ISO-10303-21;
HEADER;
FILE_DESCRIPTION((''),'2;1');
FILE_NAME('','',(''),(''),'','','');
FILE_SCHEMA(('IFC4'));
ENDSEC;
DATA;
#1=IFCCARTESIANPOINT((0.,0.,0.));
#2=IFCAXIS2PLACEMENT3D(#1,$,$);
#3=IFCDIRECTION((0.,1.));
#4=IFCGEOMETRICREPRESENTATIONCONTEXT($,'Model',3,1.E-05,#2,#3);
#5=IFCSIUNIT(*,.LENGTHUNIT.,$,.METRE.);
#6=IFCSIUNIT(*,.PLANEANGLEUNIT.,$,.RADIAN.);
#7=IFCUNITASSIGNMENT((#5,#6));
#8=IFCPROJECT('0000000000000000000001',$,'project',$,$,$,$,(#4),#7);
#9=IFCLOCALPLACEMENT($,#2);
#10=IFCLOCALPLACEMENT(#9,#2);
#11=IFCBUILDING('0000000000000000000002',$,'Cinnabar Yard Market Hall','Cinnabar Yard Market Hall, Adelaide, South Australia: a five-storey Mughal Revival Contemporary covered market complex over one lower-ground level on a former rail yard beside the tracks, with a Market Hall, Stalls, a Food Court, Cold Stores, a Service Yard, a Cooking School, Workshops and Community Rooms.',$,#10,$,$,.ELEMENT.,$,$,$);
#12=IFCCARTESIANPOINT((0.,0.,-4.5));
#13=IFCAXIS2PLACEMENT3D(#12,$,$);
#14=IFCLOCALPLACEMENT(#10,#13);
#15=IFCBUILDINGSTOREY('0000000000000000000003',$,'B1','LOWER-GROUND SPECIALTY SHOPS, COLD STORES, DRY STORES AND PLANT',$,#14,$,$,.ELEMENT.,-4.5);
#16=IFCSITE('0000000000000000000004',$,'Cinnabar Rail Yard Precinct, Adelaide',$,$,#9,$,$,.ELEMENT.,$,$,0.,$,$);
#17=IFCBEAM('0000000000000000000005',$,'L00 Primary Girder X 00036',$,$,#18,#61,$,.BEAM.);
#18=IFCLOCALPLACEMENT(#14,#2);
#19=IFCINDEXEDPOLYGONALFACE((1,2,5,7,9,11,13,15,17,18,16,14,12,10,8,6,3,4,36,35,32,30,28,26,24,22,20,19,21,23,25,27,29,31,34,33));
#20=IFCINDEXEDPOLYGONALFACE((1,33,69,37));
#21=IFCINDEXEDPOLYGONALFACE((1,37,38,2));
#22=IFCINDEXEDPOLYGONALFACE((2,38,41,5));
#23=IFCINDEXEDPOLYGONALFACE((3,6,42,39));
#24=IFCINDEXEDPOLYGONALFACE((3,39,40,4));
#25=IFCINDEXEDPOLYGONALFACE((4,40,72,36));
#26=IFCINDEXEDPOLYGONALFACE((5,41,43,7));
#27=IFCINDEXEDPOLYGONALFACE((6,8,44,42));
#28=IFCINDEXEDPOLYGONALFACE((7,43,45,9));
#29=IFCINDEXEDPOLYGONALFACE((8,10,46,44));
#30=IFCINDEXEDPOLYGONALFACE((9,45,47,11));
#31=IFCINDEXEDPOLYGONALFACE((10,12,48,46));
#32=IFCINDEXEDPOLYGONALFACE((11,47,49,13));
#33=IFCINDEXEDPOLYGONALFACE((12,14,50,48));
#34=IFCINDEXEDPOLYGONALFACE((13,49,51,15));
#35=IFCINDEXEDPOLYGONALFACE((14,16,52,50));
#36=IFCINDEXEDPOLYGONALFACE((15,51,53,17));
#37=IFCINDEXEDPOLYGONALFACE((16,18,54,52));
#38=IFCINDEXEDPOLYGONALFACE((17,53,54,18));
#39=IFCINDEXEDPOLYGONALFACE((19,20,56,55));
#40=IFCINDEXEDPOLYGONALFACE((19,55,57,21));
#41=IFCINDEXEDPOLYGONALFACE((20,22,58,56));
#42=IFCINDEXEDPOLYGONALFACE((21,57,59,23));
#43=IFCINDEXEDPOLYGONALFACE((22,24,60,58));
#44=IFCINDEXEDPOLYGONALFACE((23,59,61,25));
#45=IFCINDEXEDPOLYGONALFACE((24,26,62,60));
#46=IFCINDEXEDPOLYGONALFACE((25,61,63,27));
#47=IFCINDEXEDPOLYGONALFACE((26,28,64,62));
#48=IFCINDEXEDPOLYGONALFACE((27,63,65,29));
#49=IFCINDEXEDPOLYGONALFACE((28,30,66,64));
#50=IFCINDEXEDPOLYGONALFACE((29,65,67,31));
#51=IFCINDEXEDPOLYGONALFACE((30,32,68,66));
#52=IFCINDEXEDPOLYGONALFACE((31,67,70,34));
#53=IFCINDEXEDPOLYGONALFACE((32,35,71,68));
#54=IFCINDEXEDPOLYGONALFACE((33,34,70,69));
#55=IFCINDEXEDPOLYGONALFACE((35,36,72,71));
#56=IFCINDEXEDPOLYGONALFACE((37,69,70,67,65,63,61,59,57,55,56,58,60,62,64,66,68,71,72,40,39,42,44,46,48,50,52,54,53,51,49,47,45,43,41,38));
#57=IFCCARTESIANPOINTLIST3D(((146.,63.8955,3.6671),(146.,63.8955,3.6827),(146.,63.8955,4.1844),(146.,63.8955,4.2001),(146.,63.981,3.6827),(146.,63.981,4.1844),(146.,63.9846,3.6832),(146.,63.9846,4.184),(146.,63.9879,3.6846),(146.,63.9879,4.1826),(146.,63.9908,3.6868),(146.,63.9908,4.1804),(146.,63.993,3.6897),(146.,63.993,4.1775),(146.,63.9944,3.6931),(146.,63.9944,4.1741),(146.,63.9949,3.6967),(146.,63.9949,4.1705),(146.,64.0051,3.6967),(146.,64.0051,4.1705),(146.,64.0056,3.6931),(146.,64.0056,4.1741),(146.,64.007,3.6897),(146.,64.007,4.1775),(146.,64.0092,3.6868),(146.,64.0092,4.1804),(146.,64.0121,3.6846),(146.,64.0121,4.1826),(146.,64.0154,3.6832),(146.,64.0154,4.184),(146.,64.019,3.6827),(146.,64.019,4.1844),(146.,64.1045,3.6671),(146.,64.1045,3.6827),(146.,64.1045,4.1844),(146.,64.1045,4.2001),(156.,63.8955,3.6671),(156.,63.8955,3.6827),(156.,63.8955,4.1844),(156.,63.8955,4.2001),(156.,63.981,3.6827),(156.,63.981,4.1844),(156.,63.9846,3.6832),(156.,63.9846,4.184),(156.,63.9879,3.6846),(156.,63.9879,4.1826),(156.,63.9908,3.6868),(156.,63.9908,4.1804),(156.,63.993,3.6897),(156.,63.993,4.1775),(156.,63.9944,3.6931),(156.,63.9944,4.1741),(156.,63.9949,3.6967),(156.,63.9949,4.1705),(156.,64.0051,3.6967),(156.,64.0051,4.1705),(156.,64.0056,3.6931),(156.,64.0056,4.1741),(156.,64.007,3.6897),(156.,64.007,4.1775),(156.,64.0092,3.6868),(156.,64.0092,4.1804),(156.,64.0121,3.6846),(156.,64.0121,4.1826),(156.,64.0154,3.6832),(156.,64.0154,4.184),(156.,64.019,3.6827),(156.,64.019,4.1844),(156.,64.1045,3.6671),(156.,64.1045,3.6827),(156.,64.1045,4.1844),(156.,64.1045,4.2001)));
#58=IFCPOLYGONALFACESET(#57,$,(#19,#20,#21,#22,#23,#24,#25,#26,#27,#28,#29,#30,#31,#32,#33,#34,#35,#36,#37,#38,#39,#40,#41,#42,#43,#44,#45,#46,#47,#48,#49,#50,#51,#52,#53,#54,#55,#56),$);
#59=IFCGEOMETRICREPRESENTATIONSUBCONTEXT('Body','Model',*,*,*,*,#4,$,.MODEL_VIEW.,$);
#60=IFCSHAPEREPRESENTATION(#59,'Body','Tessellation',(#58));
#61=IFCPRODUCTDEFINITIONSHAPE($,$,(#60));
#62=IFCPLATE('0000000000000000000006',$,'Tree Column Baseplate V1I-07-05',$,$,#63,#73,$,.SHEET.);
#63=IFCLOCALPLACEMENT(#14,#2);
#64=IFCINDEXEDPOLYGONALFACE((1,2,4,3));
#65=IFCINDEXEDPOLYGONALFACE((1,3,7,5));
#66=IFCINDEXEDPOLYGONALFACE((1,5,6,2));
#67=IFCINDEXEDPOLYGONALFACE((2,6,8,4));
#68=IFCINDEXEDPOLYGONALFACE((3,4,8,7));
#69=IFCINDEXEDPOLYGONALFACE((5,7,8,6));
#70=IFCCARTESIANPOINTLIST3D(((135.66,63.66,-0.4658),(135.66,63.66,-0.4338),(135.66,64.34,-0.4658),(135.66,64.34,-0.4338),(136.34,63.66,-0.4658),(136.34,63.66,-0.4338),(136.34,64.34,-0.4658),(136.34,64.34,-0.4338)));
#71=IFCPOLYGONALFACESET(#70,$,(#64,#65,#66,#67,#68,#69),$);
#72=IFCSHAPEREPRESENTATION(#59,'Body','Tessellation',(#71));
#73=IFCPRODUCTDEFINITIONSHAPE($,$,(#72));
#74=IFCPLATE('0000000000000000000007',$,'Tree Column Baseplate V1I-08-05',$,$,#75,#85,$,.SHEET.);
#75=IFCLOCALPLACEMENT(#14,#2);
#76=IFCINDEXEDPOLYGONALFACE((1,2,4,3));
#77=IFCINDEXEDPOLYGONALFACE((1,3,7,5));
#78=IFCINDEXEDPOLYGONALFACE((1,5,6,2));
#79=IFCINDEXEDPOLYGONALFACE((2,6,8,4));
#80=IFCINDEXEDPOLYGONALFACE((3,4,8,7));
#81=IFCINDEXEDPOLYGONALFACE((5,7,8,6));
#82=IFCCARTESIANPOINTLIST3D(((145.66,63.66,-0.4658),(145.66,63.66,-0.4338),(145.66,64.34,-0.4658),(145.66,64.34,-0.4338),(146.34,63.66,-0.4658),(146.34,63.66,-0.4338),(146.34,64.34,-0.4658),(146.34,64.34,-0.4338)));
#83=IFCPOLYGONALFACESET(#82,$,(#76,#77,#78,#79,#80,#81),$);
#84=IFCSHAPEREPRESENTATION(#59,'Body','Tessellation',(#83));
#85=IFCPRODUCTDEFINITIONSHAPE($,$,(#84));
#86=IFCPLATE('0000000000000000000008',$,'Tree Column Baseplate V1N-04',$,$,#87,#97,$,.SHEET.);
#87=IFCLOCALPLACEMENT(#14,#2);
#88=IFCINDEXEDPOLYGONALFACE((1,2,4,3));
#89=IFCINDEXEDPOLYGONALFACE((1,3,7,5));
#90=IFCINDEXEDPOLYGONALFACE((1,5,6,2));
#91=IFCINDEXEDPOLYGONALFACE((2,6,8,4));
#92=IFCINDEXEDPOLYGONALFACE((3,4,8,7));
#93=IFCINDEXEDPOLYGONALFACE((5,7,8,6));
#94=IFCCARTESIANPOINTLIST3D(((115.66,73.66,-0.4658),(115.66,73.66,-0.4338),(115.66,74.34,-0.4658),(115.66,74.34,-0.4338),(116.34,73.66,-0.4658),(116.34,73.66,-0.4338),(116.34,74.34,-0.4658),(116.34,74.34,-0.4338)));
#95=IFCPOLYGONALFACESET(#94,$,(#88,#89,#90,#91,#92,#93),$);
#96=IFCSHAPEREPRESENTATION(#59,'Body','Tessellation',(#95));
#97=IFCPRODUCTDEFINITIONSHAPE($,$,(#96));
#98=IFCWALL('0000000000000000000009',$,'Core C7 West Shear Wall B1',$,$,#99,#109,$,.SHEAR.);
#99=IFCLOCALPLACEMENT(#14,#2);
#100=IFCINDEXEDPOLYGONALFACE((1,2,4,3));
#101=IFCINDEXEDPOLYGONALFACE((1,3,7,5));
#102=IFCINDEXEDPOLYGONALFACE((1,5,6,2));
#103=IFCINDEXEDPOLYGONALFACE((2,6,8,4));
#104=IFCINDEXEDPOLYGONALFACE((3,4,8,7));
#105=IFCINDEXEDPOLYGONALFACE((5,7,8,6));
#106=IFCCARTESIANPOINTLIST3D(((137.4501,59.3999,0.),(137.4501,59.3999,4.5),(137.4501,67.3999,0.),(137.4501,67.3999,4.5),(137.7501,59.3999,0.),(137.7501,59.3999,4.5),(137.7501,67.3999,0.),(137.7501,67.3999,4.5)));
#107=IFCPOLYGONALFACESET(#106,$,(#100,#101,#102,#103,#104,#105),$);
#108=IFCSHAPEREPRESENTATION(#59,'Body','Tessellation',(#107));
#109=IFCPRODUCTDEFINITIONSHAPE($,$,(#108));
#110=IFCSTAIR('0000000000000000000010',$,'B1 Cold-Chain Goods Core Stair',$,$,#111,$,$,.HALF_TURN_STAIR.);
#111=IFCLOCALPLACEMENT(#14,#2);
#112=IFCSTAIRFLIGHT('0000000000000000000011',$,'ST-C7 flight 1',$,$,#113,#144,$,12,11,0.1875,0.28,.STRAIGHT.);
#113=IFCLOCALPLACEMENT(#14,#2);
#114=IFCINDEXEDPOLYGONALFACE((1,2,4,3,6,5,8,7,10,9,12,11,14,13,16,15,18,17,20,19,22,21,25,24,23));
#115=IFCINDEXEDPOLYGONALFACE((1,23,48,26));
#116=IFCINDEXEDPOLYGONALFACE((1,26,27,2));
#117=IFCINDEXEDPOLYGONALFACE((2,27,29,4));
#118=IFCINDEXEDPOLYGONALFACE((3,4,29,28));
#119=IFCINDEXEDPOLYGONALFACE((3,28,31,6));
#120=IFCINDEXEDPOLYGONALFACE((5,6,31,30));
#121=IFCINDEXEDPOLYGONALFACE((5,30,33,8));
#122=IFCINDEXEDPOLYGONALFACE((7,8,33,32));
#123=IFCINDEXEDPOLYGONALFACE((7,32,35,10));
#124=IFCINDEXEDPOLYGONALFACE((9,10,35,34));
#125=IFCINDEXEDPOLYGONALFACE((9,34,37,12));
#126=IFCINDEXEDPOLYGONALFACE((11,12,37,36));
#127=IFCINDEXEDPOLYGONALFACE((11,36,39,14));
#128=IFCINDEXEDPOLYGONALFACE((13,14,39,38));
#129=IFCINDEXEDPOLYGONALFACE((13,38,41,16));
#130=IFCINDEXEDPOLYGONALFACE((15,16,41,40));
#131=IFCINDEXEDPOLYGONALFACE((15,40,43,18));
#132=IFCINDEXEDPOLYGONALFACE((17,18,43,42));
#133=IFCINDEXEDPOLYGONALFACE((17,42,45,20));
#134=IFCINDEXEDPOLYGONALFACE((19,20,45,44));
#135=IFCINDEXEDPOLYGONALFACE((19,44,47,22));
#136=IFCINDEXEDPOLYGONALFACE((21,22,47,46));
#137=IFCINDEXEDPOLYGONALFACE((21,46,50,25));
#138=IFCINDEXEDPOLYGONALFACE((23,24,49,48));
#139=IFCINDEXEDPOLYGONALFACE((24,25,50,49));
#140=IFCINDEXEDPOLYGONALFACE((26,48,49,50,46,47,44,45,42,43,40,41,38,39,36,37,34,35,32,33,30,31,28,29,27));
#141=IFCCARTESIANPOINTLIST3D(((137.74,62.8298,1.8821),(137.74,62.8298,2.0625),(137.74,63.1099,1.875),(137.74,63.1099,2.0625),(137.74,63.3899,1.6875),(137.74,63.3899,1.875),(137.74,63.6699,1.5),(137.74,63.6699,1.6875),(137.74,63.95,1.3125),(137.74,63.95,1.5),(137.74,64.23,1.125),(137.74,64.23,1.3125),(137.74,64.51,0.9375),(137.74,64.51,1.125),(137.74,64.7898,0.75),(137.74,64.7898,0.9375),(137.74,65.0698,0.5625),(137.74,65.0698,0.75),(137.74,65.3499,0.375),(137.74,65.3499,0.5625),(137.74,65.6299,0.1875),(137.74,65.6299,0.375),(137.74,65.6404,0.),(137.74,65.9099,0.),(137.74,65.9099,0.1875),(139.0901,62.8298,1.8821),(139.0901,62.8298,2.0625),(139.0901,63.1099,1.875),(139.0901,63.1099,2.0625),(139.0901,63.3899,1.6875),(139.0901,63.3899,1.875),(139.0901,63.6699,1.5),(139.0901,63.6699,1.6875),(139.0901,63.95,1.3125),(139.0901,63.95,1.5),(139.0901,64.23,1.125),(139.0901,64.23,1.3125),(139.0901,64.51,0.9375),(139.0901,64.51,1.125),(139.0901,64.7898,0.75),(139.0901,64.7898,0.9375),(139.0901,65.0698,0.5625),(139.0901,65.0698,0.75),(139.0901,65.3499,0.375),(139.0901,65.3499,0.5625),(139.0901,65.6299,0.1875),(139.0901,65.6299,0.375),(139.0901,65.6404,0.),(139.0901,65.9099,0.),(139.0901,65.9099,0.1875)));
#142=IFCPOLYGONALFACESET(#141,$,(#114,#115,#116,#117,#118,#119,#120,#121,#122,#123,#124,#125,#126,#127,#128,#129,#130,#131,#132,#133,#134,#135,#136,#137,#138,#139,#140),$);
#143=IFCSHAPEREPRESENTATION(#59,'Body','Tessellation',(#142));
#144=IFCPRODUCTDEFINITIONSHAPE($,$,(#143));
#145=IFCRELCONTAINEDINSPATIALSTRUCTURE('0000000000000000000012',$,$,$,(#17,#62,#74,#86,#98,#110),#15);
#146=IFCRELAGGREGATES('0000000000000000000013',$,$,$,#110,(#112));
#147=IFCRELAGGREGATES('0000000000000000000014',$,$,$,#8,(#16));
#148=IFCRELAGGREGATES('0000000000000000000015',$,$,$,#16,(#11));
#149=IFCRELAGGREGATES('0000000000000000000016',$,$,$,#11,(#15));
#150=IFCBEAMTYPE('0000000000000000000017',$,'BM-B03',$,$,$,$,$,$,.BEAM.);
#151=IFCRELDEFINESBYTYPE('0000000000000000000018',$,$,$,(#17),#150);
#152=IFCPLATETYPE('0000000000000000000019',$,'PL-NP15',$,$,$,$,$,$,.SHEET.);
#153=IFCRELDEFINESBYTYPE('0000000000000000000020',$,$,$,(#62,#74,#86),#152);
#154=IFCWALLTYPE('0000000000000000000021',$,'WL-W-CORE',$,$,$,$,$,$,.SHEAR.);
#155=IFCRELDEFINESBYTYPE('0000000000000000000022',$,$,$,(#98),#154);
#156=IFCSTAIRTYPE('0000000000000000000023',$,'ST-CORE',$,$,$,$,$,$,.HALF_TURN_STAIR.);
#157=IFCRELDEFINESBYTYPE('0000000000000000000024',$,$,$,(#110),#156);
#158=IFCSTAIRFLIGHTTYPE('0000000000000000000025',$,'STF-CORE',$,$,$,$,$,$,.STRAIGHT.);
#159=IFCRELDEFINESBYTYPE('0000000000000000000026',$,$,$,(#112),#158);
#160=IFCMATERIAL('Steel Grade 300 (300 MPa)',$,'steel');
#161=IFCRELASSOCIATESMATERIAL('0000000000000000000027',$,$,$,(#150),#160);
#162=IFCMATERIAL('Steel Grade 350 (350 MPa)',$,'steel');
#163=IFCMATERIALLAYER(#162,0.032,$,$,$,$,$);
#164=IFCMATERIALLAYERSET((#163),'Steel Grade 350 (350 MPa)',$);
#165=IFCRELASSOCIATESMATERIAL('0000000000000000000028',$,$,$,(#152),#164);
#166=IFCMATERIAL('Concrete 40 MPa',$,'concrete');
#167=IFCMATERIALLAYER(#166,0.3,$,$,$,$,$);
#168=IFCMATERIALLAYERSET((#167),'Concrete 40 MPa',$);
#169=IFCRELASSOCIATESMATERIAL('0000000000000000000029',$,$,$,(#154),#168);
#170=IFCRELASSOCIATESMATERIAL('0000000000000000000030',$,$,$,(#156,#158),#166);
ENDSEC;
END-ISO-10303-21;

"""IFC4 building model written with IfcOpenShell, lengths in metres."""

from ifc_helpers import new_model, si_unit, direction, frame, frame_2d, origin, origin_2d_with_axis, place, context, subcontext, project, spatial, polyline, rectangle, i_section, outline, extrude, material, layer, layer_set, material_profile, profile_set, type_object, element, aggregate, save


model = new_model("IFC4")

# Units and contexts
model_context = context("Model", 3, precision=1e-05, world=origin(), true_north=direction((0.0, 1.0)))
body_context = subcontext(model_context, "Body", "Model", "MODEL_VIEW")
ifc_project = project(units=[si_unit("LENGTHUNIT", "METRE"), si_unit("PLANEANGLEUNIT", "RADIAN")], contexts=[model_context])

# Site, building, storey
site_placement = place(None, origin())
site = spatial("IfcSite", under=ifc_project, at=site_placement, Name="Cinnabar Rail Yard Precinct, Adelaide", CompositionType="ELEMENT", RefElevation=0.0)
building_placement = place(site_placement, origin())
building = spatial("IfcBuilding", under=site, at=building_placement, Name="Cinnabar Yard Market Hall", Description="Cinnabar Yard Market Hall, Adelaide, South Australia: a five-storey Mughal Revival Contemporary covered market complex over one lower-ground level on a former rail yard beside the tracks, with a Market Hall, Stalls, a Food Court, Cold Stores, a Service Yard, a Cooking School, Workshops and Community Rooms.", CompositionType="ELEMENT")
storey_placement = place(building_placement, frame((0.0, 0.0, -4.5)))
storey = spatial("IfcBuildingStorey", under=building, at=storey_placement, Name="B1", Description="LOWER-GROUND SPECIALTY SHOPS, COLD STORES, DRY STORES AND PLANT", CompositionType="ELEMENT", Elevation=-4.5)

# Shared definitions
ifc_material_1 = material(Name="Concrete 40 MPa", Category="concrete")

# Beam
ifc_material_2 = material(Name="Steel Grade 300 (300 MPa)", Category="steel")
ifc_material_profile_1 = material_profile(ifc_material_2, i_section(OverallWidth=0.209, OverallDepth=0.533, WebThickness=0.0103, FlangeThickness=0.0156, FilletRadius=0.0139, at=origin_2d_with_axis()), Name="530UB92.4")
ifc_profile_set_1 = profile_set([ifc_material_profile_1], Name="Steel Grade 300 (300 MPa)")
beam_type = type_object("IfcBeamType", Name="BM-B03", PredefinedType="BEAM", material=ifc_profile_set_1)
beam_placement = place(storey_placement, frame((146.0, 64.0, 3.9336), z_axis=(1.0, 0.0, 0.0), x_axis=(0.0, 1.0, 0.0)))
element("IfcBeam", 1, at=beam_placement, inside=storey, type_object=beam_type, Name="L00 Primary Girder X 00036", PredefinedType="BEAM", context=body_context, shape_type="SweptSolid", body=[
    extrude(i_section(OverallWidth=0.209, OverallDepth=0.533, WebThickness=0.0103, FlangeThickness=0.0156, FilletRadius=0.0139, at=origin_2d_with_axis()), origin(), (0.0, 0.0, 1.0), 10.0),
])

# Plates
ifc_material_3 = material(Name="Steel Grade 350 (350 MPa)", Category="steel")
ifc_layer_1 = layer(ifc_material_3, 0.032)
ifc_layer_set_1 = layer_set([ifc_layer_1], Name="Steel Grade 350 (350 MPa)")
plate_type = type_object("IfcPlateType", Name="PL-NP15", PredefinedType="SHEET", material=ifc_layer_set_1)
for number, where, z_axis, x_axis, name in (
    (2, (136.0, 64.0, -0.4658), (0.0, 0.0, 1.0), (1.0, 0.0, 0.0), "Tree Column Baseplate V1I-07-05"),
    (3, (146.0, 64.0, -0.4658), (0.0, 0.0, 1.0), (1.0, 0.0, 0.0), "Tree Column Baseplate V1I-08-05"),
    (4, (116.0, 74.0, -0.4658), (0.0, 0.0, 1.0), (1.0, 0.0, 0.0), "Tree Column Baseplate V1N-04"),
):
    element("IfcPlate", number, at=place(storey_placement, frame(where, z_axis=z_axis, x_axis=x_axis)), inside=storey, type_object=plate_type, Name=name, PredefinedType="SHEET", context=body_context, shape_type="SweptSolid", body=[
        extrude(rectangle(XDim=0.6799, YDim=0.6799, at=origin_2d_with_axis()), origin(), (0.0, 0.0, 1.0), 0.032),
    ])

# Wall
ifc_layer_2 = layer(ifc_material_1, 0.3)
ifc_layer_set_2 = layer_set([ifc_layer_2], Name="Concrete 40 MPa")
wall_type = type_object("IfcWallType", Name="WL-W-CORE", PredefinedType="SHEAR", material=ifc_layer_set_2)
wall_1_placement = place(storey_placement, frame((137.6001, 67.3999, 0.0), z_axis=(0.0, 0.0, 1.0), x_axis=(0.0, -1.0, 0.0)))
element("IfcWall", 5, at=wall_1_placement, inside=storey, type_object=wall_type, Name="Core C7 West Shear Wall B1", PredefinedType="SHEAR", context=body_context, shape_type="SweptSolid", body=[
    extrude(rectangle(XDim=8.0, YDim=0.3, at=frame_2d((4.0, 0.0), x_axis=(1.0, 0.0))), origin(), (0.0, 0.0, 1.0), 4.5),
])

# Stair, stair flight
stair_type = type_object("IfcStairType", Name="ST-CORE", PredefinedType="HALF_TURN_STAIR", material=ifc_material_1)
stair_placement = place(storey_placement, origin())
stair = element("IfcStair", 6, at=stair_placement, inside=storey, type_object=stair_type, Name="B1 Cold-Chain Goods Core Stair", PredefinedType="HALF_TURN_STAIR")
stair_flight_type = type_object("IfcStairFlightType", Name="STF-CORE", PredefinedType="STRAIGHT", material=ifc_material_1)
stair_flight_placement = place(storey_placement, frame((138.415, 65.9099, 0.0), z_axis=(0.0, 0.0, 1.0), x_axis=(0.0, -1.0, 0.0)))
stair_flight = element("IfcStairFlight", 7, at=stair_flight_placement, type_object=stair_flight_type, Name="ST-C7 flight 1", NumberOfRisers=12, NumberOfTreads=11, PredefinedType="STRAIGHT", RiserHeight=0.1875, TreadLength=0.28, context=body_context, shape_type="SweptSolid", body=[
    extrude(outline(polyline([(0.0, 0.0), (0.0, 0.1875), (0.28, 0.1875), (0.28, 0.375), (0.5601, 0.375), (0.5601, 0.5625), (0.8401, 0.5625), (0.8401, 0.75), (1.1201, 0.75), (1.1201, 0.9375), (1.3999, 0.9375), (1.3999, 1.125), (1.6799, 1.125), (1.6799, 1.3125), (1.96, 1.3125), (1.96, 1.5), (2.24, 1.5), (2.24, 1.6875), (2.52, 1.6875), (2.52, 1.875), (2.8, 1.875), (2.8, 2.0625), (3.0801, 2.0625), (3.0801, 2.25), (3.0801, 1.8821), (0.2695, 0.0), (0.0, 0.0)])), frame((0.0, 0.675, 0.0), z_axis=(0.0, -1.0, 0.0), x_axis=(1.0, 0.0, 0.0)), (0.0, 0.0, 1.0), 1.3501),
])
aggregate(stair, [stair_flight])

save(model, "model.ifc")
